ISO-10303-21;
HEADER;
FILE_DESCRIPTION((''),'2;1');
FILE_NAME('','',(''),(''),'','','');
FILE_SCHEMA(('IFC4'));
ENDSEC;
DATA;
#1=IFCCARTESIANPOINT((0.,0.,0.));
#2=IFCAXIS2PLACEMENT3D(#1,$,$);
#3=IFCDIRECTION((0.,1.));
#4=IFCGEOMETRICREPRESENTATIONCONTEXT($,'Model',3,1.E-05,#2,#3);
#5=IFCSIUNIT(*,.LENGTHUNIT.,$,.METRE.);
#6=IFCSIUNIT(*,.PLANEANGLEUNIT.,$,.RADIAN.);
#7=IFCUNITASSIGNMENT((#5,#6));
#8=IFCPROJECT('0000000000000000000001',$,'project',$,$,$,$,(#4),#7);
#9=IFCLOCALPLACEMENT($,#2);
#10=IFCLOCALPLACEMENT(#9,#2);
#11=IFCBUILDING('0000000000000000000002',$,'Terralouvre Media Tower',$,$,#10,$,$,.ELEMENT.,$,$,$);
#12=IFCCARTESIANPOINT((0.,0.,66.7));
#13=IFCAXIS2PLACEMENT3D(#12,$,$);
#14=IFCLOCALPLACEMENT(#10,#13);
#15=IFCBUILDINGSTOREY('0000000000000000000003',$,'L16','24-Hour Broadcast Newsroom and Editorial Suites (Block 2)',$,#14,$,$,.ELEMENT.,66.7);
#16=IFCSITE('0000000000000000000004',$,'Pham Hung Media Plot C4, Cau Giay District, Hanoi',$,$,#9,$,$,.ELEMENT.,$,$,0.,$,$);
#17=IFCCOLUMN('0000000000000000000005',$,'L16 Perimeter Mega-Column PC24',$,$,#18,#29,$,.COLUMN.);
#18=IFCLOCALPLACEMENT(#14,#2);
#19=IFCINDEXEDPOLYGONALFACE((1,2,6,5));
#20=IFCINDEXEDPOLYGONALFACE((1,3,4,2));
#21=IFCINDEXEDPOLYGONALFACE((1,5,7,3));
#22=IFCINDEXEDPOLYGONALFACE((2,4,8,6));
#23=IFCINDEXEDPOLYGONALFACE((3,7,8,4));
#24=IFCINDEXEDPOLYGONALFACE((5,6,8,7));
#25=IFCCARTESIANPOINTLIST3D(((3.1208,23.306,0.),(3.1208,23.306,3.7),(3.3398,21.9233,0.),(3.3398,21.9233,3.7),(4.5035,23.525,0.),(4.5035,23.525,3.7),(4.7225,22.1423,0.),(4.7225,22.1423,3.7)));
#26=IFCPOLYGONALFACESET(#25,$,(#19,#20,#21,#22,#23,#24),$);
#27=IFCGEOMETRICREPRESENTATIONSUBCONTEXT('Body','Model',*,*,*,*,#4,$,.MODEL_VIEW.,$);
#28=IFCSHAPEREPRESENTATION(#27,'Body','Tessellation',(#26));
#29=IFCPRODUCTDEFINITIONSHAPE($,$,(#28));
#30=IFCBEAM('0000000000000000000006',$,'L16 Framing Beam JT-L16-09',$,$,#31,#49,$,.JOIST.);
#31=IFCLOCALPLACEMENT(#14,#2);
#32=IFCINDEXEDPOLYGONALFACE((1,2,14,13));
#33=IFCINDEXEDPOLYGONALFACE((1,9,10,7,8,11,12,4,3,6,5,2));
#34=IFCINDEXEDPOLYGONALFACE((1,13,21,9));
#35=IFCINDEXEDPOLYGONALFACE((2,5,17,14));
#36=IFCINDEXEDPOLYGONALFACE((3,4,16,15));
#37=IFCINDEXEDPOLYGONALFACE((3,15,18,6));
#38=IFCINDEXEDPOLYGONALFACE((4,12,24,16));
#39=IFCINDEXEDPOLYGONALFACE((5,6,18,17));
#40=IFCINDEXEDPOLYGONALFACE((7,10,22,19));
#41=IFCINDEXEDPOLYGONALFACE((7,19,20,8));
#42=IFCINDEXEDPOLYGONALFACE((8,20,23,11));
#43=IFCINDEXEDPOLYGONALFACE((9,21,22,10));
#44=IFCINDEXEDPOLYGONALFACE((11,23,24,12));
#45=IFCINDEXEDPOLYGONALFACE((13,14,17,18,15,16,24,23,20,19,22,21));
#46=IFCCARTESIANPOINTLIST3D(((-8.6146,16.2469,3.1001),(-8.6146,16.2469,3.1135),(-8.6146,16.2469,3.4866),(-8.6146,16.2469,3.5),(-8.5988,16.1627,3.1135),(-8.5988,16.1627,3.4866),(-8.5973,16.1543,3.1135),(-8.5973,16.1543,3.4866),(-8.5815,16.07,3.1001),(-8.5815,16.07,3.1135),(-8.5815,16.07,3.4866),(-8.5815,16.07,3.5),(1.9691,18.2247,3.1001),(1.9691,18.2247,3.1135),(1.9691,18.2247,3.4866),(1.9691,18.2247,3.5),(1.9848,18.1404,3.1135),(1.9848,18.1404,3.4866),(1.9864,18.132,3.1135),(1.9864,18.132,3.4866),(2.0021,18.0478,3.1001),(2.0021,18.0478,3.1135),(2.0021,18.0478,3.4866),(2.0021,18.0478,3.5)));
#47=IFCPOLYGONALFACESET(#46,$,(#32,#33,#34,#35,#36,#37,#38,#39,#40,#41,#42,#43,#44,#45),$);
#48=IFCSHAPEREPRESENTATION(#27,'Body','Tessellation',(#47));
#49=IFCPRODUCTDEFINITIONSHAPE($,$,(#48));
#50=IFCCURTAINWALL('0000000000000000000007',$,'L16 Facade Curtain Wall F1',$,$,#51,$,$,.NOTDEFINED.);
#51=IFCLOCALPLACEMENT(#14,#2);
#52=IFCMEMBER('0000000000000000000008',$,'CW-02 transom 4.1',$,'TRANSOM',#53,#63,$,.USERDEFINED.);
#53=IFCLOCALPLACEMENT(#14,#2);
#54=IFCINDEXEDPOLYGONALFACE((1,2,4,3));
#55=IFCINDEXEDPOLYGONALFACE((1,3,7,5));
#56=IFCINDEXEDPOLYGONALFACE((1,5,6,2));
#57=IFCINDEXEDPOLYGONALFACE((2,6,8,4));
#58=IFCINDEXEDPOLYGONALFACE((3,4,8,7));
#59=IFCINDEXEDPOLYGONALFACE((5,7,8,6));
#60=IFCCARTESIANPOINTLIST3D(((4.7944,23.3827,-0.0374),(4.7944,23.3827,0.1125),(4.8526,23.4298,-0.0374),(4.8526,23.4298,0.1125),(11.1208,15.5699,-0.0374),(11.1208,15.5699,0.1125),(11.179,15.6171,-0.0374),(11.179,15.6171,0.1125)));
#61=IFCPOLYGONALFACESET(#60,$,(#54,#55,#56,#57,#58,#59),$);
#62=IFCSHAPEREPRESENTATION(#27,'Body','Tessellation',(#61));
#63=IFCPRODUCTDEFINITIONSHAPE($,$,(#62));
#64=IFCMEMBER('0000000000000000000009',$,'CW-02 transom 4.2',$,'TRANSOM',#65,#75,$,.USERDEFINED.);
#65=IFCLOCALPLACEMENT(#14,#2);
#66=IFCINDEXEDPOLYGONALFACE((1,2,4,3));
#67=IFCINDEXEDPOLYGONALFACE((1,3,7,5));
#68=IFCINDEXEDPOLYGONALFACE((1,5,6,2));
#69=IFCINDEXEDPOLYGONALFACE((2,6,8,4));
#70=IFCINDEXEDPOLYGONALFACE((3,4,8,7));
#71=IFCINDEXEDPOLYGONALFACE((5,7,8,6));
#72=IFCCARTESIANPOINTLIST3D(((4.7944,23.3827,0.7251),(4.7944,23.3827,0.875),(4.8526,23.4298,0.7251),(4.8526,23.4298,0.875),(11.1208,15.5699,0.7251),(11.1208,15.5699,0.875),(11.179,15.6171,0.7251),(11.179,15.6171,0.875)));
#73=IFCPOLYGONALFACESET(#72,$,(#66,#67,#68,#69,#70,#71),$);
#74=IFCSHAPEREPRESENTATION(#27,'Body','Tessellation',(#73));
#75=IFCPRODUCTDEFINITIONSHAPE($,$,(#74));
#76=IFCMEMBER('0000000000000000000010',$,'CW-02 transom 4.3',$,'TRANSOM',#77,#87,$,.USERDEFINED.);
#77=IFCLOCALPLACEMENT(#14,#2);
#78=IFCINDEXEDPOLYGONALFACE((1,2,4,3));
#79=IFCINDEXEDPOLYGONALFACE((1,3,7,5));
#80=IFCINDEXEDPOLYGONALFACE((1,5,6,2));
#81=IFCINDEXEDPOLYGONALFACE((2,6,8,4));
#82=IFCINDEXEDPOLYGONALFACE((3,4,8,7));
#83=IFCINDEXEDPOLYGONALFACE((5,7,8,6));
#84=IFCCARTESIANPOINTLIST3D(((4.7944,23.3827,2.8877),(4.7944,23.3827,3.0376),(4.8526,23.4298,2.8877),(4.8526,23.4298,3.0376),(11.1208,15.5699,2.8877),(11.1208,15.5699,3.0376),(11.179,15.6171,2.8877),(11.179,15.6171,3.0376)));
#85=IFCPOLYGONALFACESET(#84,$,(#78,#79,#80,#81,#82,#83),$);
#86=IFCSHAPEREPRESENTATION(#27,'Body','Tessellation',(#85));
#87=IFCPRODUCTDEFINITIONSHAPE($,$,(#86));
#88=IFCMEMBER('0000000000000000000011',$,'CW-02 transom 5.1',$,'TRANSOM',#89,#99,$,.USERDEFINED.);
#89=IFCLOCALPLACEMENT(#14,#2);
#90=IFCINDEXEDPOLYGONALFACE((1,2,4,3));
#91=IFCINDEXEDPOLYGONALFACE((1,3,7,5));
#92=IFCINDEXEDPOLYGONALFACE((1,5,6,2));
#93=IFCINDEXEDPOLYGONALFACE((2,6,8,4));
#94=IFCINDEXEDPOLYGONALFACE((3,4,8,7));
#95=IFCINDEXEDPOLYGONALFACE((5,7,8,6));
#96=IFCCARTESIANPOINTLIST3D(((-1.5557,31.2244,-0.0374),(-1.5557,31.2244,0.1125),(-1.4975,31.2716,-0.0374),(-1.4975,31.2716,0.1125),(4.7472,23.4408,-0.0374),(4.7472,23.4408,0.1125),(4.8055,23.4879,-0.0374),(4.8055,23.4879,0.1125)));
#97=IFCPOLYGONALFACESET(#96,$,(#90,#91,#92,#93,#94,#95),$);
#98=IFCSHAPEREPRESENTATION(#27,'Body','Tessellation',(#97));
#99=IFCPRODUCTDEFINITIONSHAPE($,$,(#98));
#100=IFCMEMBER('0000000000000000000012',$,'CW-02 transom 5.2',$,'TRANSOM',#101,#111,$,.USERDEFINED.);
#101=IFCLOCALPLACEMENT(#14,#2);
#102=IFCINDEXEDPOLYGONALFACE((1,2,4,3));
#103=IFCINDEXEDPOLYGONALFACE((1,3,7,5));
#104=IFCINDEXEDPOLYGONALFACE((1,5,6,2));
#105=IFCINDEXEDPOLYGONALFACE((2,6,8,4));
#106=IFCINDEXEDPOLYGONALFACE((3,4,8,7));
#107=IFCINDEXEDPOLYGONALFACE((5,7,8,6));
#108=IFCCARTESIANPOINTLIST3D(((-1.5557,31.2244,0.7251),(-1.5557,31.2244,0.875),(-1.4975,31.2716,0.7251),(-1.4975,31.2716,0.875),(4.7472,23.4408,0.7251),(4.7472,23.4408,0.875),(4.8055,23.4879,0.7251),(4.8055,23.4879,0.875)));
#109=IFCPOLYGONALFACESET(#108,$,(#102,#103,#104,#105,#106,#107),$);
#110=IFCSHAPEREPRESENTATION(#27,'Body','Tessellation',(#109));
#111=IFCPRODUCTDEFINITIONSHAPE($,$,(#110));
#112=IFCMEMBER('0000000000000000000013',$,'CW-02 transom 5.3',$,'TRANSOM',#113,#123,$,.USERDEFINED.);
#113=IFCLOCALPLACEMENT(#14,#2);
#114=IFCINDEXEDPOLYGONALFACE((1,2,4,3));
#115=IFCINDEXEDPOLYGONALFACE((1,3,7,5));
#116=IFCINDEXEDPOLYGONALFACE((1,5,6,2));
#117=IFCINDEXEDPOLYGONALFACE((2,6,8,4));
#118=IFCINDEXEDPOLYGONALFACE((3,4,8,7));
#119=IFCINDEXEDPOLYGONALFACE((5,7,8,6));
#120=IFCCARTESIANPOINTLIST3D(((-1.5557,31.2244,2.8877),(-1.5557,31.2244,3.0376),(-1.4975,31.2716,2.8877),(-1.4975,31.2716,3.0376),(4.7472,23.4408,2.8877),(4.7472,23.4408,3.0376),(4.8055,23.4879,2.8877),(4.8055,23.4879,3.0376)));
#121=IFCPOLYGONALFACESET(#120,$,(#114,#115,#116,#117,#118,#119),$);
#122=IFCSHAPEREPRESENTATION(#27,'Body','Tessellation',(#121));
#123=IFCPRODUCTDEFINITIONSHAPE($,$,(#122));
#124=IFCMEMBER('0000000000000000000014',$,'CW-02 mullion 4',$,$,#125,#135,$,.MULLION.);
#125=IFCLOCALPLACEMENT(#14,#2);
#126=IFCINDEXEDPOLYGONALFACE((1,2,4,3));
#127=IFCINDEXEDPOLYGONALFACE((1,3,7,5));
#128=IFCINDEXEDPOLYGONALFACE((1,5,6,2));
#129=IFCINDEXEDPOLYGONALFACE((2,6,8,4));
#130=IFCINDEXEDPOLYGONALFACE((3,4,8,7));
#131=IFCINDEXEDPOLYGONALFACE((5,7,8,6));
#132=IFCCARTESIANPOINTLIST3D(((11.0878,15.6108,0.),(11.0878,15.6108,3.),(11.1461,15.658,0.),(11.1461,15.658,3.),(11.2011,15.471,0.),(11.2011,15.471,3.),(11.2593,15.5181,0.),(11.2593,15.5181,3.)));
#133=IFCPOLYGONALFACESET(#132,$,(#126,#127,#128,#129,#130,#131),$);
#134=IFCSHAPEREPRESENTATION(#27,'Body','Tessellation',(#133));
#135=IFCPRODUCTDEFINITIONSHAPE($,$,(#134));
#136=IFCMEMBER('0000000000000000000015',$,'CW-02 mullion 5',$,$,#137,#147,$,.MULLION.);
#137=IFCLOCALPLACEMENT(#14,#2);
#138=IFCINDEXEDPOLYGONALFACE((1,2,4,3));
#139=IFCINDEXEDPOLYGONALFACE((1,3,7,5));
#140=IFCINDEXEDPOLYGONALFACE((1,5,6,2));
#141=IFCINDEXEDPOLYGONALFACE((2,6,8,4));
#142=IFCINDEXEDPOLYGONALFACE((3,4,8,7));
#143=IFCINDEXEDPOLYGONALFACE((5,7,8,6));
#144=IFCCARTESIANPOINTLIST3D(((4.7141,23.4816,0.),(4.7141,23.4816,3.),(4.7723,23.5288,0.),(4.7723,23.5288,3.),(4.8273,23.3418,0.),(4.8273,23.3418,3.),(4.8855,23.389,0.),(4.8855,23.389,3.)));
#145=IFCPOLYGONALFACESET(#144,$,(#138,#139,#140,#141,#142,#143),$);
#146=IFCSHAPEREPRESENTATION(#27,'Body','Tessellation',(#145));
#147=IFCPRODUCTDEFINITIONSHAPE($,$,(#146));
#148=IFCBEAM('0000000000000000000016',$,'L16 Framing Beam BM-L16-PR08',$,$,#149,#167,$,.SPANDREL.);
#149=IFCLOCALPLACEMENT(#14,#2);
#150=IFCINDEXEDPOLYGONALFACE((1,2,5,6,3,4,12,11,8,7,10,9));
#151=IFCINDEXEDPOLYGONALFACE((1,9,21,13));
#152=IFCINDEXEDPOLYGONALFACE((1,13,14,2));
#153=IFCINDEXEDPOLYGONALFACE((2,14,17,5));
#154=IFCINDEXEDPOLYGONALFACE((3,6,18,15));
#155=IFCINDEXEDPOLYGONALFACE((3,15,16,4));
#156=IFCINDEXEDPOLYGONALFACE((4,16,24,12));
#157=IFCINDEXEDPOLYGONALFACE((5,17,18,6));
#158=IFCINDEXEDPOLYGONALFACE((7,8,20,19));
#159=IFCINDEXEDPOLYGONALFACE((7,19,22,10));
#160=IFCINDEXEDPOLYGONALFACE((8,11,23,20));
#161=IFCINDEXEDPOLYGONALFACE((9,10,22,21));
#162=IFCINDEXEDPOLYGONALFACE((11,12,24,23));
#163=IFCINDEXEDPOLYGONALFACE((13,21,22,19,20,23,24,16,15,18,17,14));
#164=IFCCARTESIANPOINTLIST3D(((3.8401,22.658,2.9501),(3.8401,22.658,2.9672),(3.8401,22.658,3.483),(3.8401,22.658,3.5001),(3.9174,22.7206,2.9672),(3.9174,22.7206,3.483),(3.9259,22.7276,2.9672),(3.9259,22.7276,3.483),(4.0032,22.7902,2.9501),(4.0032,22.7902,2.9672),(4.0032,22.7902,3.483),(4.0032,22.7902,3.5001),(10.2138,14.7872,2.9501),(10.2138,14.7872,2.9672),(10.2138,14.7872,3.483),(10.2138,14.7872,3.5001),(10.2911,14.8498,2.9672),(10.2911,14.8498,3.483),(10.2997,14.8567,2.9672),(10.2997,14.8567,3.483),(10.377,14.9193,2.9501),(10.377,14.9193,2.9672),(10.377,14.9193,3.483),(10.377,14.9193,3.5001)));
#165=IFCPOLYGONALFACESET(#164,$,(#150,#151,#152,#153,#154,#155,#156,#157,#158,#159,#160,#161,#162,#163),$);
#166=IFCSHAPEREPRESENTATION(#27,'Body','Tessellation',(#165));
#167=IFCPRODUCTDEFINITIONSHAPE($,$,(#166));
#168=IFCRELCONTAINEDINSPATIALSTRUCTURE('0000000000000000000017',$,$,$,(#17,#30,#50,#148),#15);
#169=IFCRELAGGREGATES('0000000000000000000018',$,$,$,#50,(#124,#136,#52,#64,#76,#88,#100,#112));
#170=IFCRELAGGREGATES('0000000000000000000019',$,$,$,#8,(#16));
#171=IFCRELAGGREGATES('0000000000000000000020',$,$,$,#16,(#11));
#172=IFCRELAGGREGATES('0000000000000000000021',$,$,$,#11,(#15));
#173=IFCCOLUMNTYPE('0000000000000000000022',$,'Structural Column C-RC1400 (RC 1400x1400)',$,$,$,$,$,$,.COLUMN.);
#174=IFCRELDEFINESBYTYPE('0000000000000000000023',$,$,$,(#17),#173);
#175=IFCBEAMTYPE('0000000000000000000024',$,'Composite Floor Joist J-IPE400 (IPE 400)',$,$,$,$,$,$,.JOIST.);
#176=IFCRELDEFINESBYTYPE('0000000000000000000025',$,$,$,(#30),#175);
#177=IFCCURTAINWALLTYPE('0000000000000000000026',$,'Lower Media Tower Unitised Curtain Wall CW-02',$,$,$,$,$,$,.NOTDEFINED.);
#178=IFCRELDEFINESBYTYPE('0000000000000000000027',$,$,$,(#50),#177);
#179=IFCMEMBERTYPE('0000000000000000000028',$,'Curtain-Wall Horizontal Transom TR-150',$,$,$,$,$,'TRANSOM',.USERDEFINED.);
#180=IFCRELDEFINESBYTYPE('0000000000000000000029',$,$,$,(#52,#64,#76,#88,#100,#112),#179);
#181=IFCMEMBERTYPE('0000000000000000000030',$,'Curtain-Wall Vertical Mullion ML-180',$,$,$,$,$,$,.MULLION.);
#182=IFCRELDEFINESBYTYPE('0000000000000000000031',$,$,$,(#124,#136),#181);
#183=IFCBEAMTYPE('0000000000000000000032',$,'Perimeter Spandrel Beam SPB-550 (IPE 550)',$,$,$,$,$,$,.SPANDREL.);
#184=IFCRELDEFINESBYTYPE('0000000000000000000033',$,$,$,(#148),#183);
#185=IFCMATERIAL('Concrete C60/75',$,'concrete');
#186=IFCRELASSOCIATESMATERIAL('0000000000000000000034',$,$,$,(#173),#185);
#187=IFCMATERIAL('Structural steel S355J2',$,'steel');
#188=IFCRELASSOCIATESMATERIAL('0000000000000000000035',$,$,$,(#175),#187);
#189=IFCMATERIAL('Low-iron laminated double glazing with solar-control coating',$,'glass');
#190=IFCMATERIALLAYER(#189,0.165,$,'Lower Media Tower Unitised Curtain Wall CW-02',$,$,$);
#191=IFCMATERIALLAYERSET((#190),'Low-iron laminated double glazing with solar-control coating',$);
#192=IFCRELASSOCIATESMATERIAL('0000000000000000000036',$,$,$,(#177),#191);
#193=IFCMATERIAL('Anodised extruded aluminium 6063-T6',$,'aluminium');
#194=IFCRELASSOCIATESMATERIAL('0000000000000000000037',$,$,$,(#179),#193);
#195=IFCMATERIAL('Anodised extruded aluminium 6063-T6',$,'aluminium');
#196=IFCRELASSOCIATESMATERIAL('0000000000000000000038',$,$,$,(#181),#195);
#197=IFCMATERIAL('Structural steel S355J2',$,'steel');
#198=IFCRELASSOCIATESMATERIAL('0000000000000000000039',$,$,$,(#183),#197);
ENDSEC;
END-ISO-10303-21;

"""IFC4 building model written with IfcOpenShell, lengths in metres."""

from ifc_helpers import new_model, si_unit, direction, frame, origin, origin_2d, place, context, subcontext, project, spatial, rectangle, i_section, extrude, material, layer, layer_set, material_profile, profile_set, type_object, element, aggregate, save


model = new_model("IFC4")

# Units and contexts
model_context = context("Model", 3, precision=1e-05, world=origin(), true_north=direction((0.0, 1.0)))
body_context = subcontext(model_context, "Body", "Model", "MODEL_VIEW")
ifc_project = project(units=[si_unit("LENGTHUNIT", "METRE"), si_unit("PLANEANGLEUNIT", "RADIAN")], contexts=[model_context])

# Site, building, storey
site_placement = place(None, origin())
site = spatial("IfcSite", under=ifc_project, at=site_placement, Name="Pham Hung Media Plot C4, Cau Giay District, Hanoi", CompositionType="ELEMENT", RefElevation=0.0)
building_placement = place(site_placement, origin())
building = spatial("IfcBuilding", under=site, at=building_placement, Name="Terralouvre Media Tower", CompositionType="ELEMENT")
storey_placement = place(building_placement, frame((0.0, 0.0, 66.7)))
storey = spatial("IfcBuildingStorey", under=building, at=storey_placement, Name="L16", Description="24-Hour Broadcast Newsroom and Editorial Suites (Block 2)", CompositionType="ELEMENT", Elevation=66.7)

# Column
ifc_material_1 = material(Name="Concrete C60/75", Category="concrete")
ifc_material_profile_1 = material_profile(ifc_material_1, rectangle(XDim=1.3999, YDim=1.3999, at=origin_2d()), Name="RC 1400x1400")
ifc_profile_set_1 = profile_set([ifc_material_profile_1], Name="Concrete C60/75")
column_type = type_object("IfcColumnType", Name="Structural Column C-RC1400 (RC 1400x1400)", PredefinedType="COLUMN", material=ifc_profile_set_1)
column_placement = place(storey_placement, frame((3.9216, 22.7241, 0.0), z_axis=(0.0, 0.0, 1.0), x_axis=(0.987688, 0.156434, 0.0)))
element("IfcColumn", 1, at=column_placement, inside=storey, type_object=column_type, Name="L16 Perimeter Mega-Column PC24", PredefinedType="COLUMN", context=body_context, shape_type="SweptSolid", body=[
    extrude(rectangle(XDim=1.3999, YDim=1.3999, at=origin_2d()), origin(), (0.0, 0.0, 1.0), 3.7),
])

# Beam
ifc_material_2 = material(Name="Structural steel S355J2", Category="steel")
ifc_material_profile_2 = material_profile(ifc_material_2, i_section(OverallWidth=0.1799, OverallDepth=0.3999, WebThickness=0.0085, FlangeThickness=0.0134, at=origin_2d()), Name="IPE 400")
ifc_profile_set_2 = profile_set([ifc_material_profile_2], Name="Structural steel S355J2")
beam_type_1 = type_object("IfcBeamType", Name="Composite Floor Joist J-IPE400 (IPE 400)", PredefinedType="JOIST", material=ifc_profile_set_2)
beam_1_placement = place(storey_placement, frame((1.9856, 18.1362, 3.3), z_axis=(-0.982984, -0.18369, 0.0), x_axis=(0.18369, -0.982984, 0.0)))
element("IfcBeam", 2, at=beam_1_placement, inside=storey, type_object=beam_type_1, Name="L16 Framing Beam JT-L16-09", PredefinedType="JOIST", context=body_context, shape_type="SweptSolid", body=[
    extrude(i_section(OverallWidth=0.1799, OverallDepth=0.3999, WebThickness=0.0085, FlangeThickness=0.0134, at=origin_2d()), origin(), (0.0, 0.0, 1.0), 10.7668),
])

# Curtain wall, members
ifc_material_3 = material(Name="Low-iron laminated double glazing with solar-control coating", Category="glass")
ifc_layer_1 = layer(ifc_material_3, 0.165, Name="Lower Media Tower Unitised Curtain Wall CW-02")
ifc_layer_set_1 = layer_set([ifc_layer_1], Name="Low-iron laminated double glazing with solar-control coating")
curtain_wall_type = type_object("IfcCurtainWallType", Name="Lower Media Tower Unitised Curtain Wall CW-02", PredefinedType="NOTDEFINED", material=ifc_layer_set_1)
curtain_wall_placement = place(storey_placement, origin())
curtain_wall = element("IfcCurtainWall", 3, at=curtain_wall_placement, inside=storey, type_object=curtain_wall_type, Name="L16 Facade Curtain Wall F1", PredefinedType="NOTDEFINED")
ifc_material_4 = material(Name="Anodised extruded aluminium 6063-T6", Category="aluminium")
ifc_material_profile_3 = material_profile(ifc_material_4, rectangle(XDim=0.075, YDim=0.1499, at=origin_2d()), Name="ALU 75x150")
ifc_profile_set_3 = profile_set([ifc_material_profile_3], Name="Anodised extruded aluminium 6063-T6")
member_type_1 = type_object("IfcMemberType", Name="Curtain-Wall Horizontal Transom TR-150", ElementType="TRANSOM", PredefinedType="USERDEFINED", material=ifc_profile_set_3)
member_1_placement = place(storey_placement, frame((11.1499, 15.5935, 0.0376), z_axis=(-0.629307, 0.777157, 0.0), x_axis=(-0.777157, -0.629307, 0.0)))
member_1 = element("IfcMember", 4, at=member_1_placement, type_object=member_type_1, Name="CW-02 transom 4.1", ObjectType="TRANSOM", PredefinedType="USERDEFINED", context=body_context, shape_type="SweptSolid", body=[
    extrude(rectangle(XDim=0.075, YDim=0.1499, at=origin_2d()), origin(), (0.0, 0.0, 1.0), 10.053),
])
member_2_placement = place(storey_placement, frame((11.1499, 15.5935, 0.8), z_axis=(-0.629307, 0.777157, 0.0), x_axis=(-0.777157, -0.629307, 0.0)))
member_2 = element("IfcMember", 5, at=member_2_placement, type_object=member_type_1, Name="CW-02 transom 4.2", ObjectType="TRANSOM", PredefinedType="USERDEFINED", context=body_context, shape_type="SweptSolid", body=[
    extrude(rectangle(XDim=0.075, YDim=0.1499, at=origin_2d()), origin(), (0.0, 0.0, 1.0), 10.053),
])
member_3_placement = place(storey_placement, frame((11.1499, 15.5935, 2.9626), z_axis=(-0.629307, 0.777157, 0.0), x_axis=(-0.777157, -0.629307, 0.0)))
member_3 = element("IfcMember", 6, at=member_3_placement, type_object=member_type_1, Name="CW-02 transom 4.3", ObjectType="TRANSOM", PredefinedType="USERDEFINED", context=body_context, shape_type="SweptSolid", body=[
    extrude(rectangle(XDim=0.075, YDim=0.1499, at=origin_2d()), origin(), (0.0, 0.0, 1.0), 10.053),
])
member_4_placement = place(storey_placement, frame((4.7764, 23.4644, 0.0376), z_axis=(-0.629313, 0.777152, 0.0), x_axis=(-0.777152, -0.629313, 0.0)))
member_4 = element("IfcMember", 7, at=member_4_placement, type_object=member_type_1, Name="CW-02 transom 5.1", ObjectType="TRANSOM", PredefinedType="USERDEFINED", context=body_context, shape_type="SweptSolid", body=[
    extrude(rectangle(XDim=0.075, YDim=0.1499, at=origin_2d()), origin(), (0.0, 0.0, 1.0), 10.0156),
])
member_5_placement = place(storey_placement, frame((4.7764, 23.4644, 0.8), z_axis=(-0.629313, 0.777152, 0.0), x_axis=(-0.777152, -0.629313, 0.0)))
member_5 = element("IfcMember", 8, at=member_5_placement, type_object=member_type_1, Name="CW-02 transom 5.2", ObjectType="TRANSOM", PredefinedType="USERDEFINED", context=body_context, shape_type="SweptSolid", body=[
    extrude(rectangle(XDim=0.075, YDim=0.1499, at=origin_2d()), origin(), (0.0, 0.0, 1.0), 10.0156),
])
member_6_placement = place(storey_placement, frame((4.7764, 23.4644, 2.9626), z_axis=(-0.629313, 0.777152, 0.0), x_axis=(-0.777152, -0.629313, 0.0)))
member_6 = element("IfcMember", 9, at=member_6_placement, type_object=member_type_1, Name="CW-02 transom 5.3", ObjectType="TRANSOM", PredefinedType="USERDEFINED", context=body_context, shape_type="SweptSolid", body=[
    extrude(rectangle(XDim=0.075, YDim=0.1499, at=origin_2d()), origin(), (0.0, 0.0, 1.0), 10.0156),
])
ifc_material_5 = material(Name="Anodised extruded aluminium 6063-T6", Category="aluminium")
ifc_material_profile_4 = material_profile(ifc_material_5, rectangle(XDim=0.075, YDim=0.1799, at=origin_2d()), Name="ALU 75x180")
ifc_profile_set_4 = profile_set([ifc_material_profile_4], Name="Anodised extruded aluminium 6063-T6")
member_type_2 = type_object("IfcMemberType", Name="Curtain-Wall Vertical Mullion ML-180", PredefinedType="MULLION", material=ifc_profile_set_4)
member_7_placement = place(storey_placement, frame((11.1736, 15.5645, 0.0), z_axis=(0.0, 0.0, 1.0), x_axis=(-0.777146, -0.62932, 0.0)))
member_7 = element("IfcMember", 10, at=member_7_placement, type_object=member_type_2, Name="CW-02 mullion 4", PredefinedType="MULLION", context=body_context, shape_type="SweptSolid", body=[
    extrude(rectangle(XDim=0.075, YDim=0.1799, at=origin_2d()), origin(), (0.0, 0.0, 1.0), 3.0),
])
member_8_placement = place(storey_placement, frame((4.7998, 23.4353, 0.0), z_axis=(0.0, 0.0, 1.0), x_axis=(-0.777146, -0.62932, 0.0)))
member_8 = element("IfcMember", 11, at=member_8_placement, type_object=member_type_2, Name="CW-02 mullion 5", PredefinedType="MULLION", context=body_context, shape_type="SweptSolid", body=[
    extrude(rectangle(XDim=0.075, YDim=0.1799, at=origin_2d()), origin(), (0.0, 0.0, 1.0), 3.0),
])

# Beam
ifc_material_6 = material(Name="Structural steel S355J2", Category="steel")
ifc_material_profile_5 = material_profile(ifc_material_6, i_section(OverallWidth=0.21, OverallDepth=0.55, WebThickness=0.011, FlangeThickness=0.0171, at=origin_2d()), Name="IPE 550")
ifc_profile_set_5 = profile_set([ifc_material_profile_5], Name="Structural steel S355J2")
beam_type_2 = type_object("IfcBeamType", Name="Perimeter Spandrel Beam SPB-550 (IPE 550)", PredefinedType="SPANDREL", material=ifc_profile_set_5)
beam_2_placement = place(storey_placement, frame((10.2954, 14.8533, 3.2251), z_axis=(-0.629326, 0.777142, 0.0), x_axis=(-0.777142, -0.629326, 0.0)))
element("IfcBeam", 12, at=beam_2_placement, inside=storey, type_object=beam_type_2, Name="L16 Framing Beam BM-L16-PR08", PredefinedType="SPANDREL", context=body_context, shape_type="SweptSolid", body=[
    extrude(i_section(OverallWidth=0.21, OverallDepth=0.55, WebThickness=0.011, FlangeThickness=0.0171, at=origin_2d()), origin(), (0.0, 0.0, 1.0), 10.1279),
])

aggregate(curtain_wall, [member_7, member_8, member_1, member_2, member_3, member_4, member_5, member_6])

save(model, "model.ifc")
